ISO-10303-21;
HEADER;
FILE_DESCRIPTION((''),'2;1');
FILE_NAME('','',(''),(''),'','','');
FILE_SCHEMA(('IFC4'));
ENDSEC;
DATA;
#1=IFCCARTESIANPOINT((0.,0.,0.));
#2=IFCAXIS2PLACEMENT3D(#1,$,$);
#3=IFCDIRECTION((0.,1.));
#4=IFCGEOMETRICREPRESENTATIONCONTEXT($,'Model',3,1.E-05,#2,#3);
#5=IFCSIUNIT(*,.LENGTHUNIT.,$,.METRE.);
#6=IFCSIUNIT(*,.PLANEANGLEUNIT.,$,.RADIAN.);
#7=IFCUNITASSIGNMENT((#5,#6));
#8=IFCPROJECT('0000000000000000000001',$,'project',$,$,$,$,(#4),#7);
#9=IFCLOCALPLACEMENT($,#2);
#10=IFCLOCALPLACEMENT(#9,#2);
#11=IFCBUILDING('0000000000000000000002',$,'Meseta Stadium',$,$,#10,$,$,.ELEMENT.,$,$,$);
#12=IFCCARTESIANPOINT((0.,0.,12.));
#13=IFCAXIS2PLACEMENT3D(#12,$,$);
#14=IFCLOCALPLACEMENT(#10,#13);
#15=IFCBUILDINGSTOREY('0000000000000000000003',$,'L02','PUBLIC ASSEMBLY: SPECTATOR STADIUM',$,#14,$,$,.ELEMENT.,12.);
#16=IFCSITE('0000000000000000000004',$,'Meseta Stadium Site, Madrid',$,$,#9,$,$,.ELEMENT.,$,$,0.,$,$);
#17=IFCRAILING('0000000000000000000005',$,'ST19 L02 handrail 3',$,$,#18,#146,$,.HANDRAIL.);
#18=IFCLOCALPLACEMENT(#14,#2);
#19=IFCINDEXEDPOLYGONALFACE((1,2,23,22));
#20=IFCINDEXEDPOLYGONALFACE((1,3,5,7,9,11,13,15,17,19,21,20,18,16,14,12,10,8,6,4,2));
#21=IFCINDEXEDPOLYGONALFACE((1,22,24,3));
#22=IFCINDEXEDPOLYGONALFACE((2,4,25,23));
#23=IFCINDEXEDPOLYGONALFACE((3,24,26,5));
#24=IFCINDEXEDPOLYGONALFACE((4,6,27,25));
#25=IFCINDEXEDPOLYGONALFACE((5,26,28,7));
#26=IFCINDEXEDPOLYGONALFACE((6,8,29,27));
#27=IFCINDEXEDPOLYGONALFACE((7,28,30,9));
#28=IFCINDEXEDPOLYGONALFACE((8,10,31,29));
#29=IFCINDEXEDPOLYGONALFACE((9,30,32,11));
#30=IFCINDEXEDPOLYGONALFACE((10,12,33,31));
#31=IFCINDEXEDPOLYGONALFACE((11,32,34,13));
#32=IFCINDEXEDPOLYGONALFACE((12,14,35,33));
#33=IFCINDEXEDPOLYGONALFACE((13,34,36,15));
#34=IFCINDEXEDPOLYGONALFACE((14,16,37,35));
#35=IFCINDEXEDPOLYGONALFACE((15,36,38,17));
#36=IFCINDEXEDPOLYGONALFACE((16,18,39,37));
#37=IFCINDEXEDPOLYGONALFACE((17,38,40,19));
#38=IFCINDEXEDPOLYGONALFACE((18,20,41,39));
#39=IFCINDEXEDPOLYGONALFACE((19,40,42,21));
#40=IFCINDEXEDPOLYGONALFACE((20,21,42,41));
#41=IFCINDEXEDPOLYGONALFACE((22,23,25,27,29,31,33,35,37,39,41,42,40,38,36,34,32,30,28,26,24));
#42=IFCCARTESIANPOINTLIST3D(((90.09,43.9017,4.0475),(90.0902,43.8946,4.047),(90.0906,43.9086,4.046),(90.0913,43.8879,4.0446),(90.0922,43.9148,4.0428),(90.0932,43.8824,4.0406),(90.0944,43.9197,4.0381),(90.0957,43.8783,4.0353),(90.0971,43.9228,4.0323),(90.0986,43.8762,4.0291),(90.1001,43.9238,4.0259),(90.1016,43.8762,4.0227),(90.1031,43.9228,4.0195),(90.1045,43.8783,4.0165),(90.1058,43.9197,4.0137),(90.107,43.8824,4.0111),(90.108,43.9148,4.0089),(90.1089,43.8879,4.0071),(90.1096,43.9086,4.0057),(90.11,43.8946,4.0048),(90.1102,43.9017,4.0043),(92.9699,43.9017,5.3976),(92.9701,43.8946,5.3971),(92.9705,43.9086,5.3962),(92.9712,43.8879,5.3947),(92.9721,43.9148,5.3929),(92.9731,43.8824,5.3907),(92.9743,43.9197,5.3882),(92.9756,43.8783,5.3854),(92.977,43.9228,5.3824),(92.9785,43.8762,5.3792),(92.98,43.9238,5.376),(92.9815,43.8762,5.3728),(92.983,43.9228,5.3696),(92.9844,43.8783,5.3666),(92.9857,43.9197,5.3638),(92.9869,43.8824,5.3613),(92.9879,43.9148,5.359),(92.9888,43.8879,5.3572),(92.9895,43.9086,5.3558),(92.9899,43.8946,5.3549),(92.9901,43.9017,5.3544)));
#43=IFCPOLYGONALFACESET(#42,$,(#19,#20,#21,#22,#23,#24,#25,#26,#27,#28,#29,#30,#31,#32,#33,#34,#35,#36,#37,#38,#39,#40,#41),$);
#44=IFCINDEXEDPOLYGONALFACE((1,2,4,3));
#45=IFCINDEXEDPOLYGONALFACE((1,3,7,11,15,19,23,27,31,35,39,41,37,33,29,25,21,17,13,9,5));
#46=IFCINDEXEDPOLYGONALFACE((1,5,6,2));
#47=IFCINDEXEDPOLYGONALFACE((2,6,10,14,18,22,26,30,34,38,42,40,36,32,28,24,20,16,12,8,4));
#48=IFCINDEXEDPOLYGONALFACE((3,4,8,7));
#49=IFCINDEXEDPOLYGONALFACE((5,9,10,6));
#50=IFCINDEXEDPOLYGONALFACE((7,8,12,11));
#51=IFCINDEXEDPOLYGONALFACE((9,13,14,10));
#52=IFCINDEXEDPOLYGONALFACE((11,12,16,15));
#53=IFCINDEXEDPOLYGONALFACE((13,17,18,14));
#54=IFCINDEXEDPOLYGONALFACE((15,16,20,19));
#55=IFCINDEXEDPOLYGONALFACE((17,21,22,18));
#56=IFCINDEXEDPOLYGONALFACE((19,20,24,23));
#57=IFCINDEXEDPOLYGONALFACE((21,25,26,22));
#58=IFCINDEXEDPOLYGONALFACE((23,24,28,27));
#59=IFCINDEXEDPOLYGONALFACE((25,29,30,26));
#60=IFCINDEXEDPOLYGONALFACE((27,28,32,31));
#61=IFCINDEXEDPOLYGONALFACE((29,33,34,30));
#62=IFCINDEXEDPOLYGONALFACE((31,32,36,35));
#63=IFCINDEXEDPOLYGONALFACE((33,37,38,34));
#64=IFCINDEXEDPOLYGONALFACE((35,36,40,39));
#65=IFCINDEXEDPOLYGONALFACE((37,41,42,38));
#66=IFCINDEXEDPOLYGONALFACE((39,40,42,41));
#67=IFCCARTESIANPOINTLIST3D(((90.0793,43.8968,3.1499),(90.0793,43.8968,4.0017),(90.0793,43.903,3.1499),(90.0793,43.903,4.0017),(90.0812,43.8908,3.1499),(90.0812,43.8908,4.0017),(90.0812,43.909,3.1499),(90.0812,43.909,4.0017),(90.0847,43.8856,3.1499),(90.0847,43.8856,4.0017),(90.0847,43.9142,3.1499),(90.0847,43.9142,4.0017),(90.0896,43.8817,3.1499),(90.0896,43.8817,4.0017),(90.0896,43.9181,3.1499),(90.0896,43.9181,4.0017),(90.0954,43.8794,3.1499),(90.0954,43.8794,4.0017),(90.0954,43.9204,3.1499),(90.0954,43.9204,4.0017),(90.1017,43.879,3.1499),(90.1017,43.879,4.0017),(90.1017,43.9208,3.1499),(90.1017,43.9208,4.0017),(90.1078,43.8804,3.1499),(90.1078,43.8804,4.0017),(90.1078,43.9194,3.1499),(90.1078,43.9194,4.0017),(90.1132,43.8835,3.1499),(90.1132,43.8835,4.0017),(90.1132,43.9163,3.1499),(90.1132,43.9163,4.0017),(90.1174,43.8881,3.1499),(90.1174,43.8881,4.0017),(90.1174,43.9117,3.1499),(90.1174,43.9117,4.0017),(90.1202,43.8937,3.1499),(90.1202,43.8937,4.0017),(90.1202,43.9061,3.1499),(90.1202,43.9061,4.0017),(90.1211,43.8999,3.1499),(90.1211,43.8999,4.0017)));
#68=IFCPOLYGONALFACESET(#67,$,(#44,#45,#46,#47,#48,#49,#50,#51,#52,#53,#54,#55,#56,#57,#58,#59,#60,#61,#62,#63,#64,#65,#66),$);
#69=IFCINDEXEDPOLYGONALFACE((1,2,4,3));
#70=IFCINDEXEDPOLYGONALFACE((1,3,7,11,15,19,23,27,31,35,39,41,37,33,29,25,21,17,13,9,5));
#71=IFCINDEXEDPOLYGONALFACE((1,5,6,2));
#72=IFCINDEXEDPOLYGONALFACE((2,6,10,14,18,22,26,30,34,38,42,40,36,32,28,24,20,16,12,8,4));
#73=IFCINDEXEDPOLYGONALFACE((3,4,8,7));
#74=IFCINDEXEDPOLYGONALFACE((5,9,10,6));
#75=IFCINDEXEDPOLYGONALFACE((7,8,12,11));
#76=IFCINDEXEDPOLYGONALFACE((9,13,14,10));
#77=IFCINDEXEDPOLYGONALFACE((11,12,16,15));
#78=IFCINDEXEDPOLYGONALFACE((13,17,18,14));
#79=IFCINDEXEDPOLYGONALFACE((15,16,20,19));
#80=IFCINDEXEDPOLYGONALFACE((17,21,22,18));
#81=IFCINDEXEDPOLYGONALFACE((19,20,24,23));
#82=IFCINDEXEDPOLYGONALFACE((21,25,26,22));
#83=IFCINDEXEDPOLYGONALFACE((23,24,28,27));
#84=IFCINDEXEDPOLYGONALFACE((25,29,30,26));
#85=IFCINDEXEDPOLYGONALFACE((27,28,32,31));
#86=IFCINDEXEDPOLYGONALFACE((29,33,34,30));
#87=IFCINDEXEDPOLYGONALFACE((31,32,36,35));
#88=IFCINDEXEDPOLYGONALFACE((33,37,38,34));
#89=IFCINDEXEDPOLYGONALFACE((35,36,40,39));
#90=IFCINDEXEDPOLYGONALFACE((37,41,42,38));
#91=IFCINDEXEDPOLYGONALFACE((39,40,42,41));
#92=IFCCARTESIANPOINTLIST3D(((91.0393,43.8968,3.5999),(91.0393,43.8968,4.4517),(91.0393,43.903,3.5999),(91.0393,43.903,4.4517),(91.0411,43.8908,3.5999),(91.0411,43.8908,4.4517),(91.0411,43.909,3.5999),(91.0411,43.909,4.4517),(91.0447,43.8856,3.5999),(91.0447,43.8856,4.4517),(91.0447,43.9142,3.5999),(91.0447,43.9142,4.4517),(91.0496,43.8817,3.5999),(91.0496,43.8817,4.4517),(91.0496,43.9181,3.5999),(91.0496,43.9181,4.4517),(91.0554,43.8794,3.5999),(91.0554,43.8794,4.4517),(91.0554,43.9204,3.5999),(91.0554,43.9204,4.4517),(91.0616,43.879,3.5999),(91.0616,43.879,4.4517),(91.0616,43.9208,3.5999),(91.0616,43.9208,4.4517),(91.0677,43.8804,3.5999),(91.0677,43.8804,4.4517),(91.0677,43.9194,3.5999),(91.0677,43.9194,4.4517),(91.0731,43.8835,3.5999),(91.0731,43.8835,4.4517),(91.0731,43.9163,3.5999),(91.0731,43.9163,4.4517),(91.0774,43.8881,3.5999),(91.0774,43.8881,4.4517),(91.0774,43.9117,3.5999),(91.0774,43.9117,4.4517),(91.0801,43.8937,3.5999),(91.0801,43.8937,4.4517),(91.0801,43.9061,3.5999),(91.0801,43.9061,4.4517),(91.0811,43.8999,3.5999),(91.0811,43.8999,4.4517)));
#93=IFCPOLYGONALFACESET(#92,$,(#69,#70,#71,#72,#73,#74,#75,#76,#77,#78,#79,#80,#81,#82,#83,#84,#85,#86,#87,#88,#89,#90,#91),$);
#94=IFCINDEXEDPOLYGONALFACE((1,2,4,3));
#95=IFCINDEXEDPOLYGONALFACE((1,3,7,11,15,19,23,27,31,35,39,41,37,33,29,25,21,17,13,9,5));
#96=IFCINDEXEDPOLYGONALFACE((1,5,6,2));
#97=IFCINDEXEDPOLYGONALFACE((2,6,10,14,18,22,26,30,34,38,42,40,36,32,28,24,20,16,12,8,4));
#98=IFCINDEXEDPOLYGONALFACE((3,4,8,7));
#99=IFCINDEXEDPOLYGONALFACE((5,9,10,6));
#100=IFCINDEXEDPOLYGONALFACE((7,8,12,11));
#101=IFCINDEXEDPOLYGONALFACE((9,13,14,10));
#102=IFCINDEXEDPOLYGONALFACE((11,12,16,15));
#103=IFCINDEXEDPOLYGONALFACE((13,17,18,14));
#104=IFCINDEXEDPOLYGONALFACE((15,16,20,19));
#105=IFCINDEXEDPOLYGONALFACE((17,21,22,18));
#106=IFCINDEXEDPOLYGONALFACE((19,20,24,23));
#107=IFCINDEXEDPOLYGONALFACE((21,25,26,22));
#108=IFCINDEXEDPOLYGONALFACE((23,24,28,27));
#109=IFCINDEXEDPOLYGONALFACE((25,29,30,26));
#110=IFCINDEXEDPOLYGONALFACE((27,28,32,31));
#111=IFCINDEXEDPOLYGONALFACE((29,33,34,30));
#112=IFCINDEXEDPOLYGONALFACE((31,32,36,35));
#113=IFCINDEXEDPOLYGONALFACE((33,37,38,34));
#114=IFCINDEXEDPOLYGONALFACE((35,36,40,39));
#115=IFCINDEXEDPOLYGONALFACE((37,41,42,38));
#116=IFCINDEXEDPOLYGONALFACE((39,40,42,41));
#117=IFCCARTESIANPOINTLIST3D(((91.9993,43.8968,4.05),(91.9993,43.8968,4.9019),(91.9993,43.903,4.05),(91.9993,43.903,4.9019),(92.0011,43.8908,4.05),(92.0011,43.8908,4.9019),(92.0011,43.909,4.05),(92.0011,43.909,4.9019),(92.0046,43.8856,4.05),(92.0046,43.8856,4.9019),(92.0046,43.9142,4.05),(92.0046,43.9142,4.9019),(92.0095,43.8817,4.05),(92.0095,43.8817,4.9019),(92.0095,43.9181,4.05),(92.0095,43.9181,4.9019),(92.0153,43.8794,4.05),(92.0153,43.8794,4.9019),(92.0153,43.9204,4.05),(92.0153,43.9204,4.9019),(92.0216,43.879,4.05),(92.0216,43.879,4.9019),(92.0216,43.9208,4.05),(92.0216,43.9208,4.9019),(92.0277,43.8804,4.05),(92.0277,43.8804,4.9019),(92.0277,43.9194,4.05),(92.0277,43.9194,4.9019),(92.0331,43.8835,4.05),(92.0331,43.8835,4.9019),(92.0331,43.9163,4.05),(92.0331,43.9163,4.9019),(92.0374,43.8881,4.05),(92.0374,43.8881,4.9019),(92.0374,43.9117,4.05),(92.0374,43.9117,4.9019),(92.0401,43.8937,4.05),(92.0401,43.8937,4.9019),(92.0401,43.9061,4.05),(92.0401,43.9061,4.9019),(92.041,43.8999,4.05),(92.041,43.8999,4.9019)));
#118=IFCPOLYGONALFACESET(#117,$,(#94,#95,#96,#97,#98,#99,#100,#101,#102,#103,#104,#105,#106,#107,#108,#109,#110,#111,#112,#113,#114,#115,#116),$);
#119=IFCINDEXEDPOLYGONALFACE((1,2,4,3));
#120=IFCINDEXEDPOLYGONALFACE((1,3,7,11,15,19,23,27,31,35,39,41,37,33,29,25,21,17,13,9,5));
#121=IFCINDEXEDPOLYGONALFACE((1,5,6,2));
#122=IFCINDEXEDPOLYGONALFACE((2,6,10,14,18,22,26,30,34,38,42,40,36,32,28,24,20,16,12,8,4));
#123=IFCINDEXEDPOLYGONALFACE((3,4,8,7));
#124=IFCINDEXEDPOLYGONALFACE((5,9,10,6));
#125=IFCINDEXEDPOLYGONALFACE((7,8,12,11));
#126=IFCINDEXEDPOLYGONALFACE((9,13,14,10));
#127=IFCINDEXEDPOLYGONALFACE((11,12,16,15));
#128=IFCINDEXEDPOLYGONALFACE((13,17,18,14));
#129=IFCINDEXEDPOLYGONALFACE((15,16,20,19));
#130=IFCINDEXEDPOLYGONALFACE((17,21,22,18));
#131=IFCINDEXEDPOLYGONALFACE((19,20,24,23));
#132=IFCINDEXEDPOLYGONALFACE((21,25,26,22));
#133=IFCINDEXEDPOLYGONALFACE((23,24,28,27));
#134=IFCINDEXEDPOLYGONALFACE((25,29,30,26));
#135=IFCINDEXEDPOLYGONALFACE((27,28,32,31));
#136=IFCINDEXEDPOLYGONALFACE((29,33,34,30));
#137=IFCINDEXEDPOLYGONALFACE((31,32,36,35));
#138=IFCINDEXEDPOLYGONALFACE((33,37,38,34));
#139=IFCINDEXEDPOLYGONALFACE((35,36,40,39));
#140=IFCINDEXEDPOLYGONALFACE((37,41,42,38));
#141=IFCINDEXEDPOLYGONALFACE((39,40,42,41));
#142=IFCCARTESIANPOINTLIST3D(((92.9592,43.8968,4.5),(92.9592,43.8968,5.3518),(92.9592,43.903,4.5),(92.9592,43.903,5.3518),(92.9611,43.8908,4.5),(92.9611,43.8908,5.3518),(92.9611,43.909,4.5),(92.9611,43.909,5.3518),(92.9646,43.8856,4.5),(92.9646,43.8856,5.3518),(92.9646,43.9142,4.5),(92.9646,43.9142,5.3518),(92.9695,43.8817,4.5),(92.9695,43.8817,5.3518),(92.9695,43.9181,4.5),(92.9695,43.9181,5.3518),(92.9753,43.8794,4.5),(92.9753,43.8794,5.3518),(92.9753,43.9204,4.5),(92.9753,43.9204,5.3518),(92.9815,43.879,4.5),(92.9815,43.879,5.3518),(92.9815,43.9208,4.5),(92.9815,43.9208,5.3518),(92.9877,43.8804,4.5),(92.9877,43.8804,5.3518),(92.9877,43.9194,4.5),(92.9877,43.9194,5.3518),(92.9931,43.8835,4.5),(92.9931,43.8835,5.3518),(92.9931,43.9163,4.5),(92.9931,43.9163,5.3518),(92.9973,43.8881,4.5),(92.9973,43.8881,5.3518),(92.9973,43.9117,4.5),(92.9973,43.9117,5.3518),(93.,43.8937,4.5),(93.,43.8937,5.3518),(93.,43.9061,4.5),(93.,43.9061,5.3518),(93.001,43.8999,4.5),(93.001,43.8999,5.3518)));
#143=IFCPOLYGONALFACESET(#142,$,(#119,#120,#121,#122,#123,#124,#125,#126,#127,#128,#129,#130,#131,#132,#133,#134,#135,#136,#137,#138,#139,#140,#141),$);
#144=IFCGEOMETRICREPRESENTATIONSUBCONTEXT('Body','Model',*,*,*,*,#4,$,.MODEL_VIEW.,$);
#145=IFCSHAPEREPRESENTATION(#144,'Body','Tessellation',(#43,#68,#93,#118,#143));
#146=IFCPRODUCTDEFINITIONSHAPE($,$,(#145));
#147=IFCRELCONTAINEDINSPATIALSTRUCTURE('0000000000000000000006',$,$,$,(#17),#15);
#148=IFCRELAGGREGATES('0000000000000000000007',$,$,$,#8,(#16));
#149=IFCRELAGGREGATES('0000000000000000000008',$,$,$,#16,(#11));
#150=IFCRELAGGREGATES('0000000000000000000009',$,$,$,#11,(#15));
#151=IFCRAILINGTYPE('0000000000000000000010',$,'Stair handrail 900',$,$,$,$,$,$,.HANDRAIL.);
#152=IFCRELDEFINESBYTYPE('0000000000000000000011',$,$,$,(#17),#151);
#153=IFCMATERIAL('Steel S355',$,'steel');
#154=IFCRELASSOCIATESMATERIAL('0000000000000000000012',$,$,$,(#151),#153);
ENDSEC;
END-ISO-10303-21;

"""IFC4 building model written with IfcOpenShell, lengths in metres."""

from ifc_helpers import new_model, si_unit, direction, frame, origin, origin_2d, place, context, subcontext, project, spatial, circle, extrude, material, type_object, element, save


model = new_model("IFC4")

# Units and contexts
model_context = context("Model", 3, precision=1e-05, world=origin(), true_north=direction((0.0, 1.0)))
body_context = subcontext(model_context, "Body", "Model", "MODEL_VIEW")
ifc_project = project(units=[si_unit("LENGTHUNIT", "METRE"), si_unit("PLANEANGLEUNIT", "RADIAN")], contexts=[model_context])

# Site, building, storey
site_placement = place(None, origin())
site = spatial("IfcSite", under=ifc_project, at=site_placement, Name="Meseta Stadium Site, Madrid", CompositionType="ELEMENT", RefElevation=0.0)
building_placement = place(site_placement, origin())
building = spatial("IfcBuilding", under=site, at=building_placement, Name="Meseta Stadium", CompositionType="ELEMENT")
storey_placement = place(building_placement, frame((0.0, 0.0, 12.0)))
storey = spatial("IfcBuildingStorey", under=building, at=storey_placement, Name="L02", Description="PUBLIC ASSEMBLY: SPECTATOR STADIUM", CompositionType="ELEMENT", Elevation=12.0)

# Railing
ifc_material_1 = material(Name="Steel S355", Category="steel")
railing_type_1 = type_object("IfcRailingType", Name="Stair handrail 900", PredefinedType="HANDRAIL", material=ifc_material_1)
railing_1_placement = place(storey_placement, frame((90.1001, 43.8999, 3.1499)))
element("IfcRailing", 1, at=railing_1_placement, inside=storey, type_object=railing_type_1, Name="ST19 L02 handrail 3", PredefinedType="HANDRAIL", context=body_context, shape_type="SweptSolid", body=[
    extrude(circle(Radius=0.0239, at=origin_2d()), frame((0.0, 0.0, 0.876), z_axis=(0.90544, 0.0, 0.424473), x_axis=(0.0, 1.0, 0.0)), (0.0, 0.0, 1.0), 3.1807),
    extrude(circle(Radius=0.021, at=origin_2d()), origin(), (0.0, 0.0, 1.0), 0.8518),
    extrude(circle(Radius=0.021, at=origin_2d()), frame((0.96, 0.0, 0.45)), (0.0, 0.0, 1.0), 0.8518),
    extrude(circle(Radius=0.021, at=origin_2d()), frame((1.9199, 0.0, 0.9001)), (0.0, 0.0, 1.0), 0.8518),
    extrude(circle(Radius=0.021, at=origin_2d()), frame((2.8799, 0.0, 1.3501)), (0.0, 0.0, 1.0), 0.8518),
])

save(model, "model.ifc")
